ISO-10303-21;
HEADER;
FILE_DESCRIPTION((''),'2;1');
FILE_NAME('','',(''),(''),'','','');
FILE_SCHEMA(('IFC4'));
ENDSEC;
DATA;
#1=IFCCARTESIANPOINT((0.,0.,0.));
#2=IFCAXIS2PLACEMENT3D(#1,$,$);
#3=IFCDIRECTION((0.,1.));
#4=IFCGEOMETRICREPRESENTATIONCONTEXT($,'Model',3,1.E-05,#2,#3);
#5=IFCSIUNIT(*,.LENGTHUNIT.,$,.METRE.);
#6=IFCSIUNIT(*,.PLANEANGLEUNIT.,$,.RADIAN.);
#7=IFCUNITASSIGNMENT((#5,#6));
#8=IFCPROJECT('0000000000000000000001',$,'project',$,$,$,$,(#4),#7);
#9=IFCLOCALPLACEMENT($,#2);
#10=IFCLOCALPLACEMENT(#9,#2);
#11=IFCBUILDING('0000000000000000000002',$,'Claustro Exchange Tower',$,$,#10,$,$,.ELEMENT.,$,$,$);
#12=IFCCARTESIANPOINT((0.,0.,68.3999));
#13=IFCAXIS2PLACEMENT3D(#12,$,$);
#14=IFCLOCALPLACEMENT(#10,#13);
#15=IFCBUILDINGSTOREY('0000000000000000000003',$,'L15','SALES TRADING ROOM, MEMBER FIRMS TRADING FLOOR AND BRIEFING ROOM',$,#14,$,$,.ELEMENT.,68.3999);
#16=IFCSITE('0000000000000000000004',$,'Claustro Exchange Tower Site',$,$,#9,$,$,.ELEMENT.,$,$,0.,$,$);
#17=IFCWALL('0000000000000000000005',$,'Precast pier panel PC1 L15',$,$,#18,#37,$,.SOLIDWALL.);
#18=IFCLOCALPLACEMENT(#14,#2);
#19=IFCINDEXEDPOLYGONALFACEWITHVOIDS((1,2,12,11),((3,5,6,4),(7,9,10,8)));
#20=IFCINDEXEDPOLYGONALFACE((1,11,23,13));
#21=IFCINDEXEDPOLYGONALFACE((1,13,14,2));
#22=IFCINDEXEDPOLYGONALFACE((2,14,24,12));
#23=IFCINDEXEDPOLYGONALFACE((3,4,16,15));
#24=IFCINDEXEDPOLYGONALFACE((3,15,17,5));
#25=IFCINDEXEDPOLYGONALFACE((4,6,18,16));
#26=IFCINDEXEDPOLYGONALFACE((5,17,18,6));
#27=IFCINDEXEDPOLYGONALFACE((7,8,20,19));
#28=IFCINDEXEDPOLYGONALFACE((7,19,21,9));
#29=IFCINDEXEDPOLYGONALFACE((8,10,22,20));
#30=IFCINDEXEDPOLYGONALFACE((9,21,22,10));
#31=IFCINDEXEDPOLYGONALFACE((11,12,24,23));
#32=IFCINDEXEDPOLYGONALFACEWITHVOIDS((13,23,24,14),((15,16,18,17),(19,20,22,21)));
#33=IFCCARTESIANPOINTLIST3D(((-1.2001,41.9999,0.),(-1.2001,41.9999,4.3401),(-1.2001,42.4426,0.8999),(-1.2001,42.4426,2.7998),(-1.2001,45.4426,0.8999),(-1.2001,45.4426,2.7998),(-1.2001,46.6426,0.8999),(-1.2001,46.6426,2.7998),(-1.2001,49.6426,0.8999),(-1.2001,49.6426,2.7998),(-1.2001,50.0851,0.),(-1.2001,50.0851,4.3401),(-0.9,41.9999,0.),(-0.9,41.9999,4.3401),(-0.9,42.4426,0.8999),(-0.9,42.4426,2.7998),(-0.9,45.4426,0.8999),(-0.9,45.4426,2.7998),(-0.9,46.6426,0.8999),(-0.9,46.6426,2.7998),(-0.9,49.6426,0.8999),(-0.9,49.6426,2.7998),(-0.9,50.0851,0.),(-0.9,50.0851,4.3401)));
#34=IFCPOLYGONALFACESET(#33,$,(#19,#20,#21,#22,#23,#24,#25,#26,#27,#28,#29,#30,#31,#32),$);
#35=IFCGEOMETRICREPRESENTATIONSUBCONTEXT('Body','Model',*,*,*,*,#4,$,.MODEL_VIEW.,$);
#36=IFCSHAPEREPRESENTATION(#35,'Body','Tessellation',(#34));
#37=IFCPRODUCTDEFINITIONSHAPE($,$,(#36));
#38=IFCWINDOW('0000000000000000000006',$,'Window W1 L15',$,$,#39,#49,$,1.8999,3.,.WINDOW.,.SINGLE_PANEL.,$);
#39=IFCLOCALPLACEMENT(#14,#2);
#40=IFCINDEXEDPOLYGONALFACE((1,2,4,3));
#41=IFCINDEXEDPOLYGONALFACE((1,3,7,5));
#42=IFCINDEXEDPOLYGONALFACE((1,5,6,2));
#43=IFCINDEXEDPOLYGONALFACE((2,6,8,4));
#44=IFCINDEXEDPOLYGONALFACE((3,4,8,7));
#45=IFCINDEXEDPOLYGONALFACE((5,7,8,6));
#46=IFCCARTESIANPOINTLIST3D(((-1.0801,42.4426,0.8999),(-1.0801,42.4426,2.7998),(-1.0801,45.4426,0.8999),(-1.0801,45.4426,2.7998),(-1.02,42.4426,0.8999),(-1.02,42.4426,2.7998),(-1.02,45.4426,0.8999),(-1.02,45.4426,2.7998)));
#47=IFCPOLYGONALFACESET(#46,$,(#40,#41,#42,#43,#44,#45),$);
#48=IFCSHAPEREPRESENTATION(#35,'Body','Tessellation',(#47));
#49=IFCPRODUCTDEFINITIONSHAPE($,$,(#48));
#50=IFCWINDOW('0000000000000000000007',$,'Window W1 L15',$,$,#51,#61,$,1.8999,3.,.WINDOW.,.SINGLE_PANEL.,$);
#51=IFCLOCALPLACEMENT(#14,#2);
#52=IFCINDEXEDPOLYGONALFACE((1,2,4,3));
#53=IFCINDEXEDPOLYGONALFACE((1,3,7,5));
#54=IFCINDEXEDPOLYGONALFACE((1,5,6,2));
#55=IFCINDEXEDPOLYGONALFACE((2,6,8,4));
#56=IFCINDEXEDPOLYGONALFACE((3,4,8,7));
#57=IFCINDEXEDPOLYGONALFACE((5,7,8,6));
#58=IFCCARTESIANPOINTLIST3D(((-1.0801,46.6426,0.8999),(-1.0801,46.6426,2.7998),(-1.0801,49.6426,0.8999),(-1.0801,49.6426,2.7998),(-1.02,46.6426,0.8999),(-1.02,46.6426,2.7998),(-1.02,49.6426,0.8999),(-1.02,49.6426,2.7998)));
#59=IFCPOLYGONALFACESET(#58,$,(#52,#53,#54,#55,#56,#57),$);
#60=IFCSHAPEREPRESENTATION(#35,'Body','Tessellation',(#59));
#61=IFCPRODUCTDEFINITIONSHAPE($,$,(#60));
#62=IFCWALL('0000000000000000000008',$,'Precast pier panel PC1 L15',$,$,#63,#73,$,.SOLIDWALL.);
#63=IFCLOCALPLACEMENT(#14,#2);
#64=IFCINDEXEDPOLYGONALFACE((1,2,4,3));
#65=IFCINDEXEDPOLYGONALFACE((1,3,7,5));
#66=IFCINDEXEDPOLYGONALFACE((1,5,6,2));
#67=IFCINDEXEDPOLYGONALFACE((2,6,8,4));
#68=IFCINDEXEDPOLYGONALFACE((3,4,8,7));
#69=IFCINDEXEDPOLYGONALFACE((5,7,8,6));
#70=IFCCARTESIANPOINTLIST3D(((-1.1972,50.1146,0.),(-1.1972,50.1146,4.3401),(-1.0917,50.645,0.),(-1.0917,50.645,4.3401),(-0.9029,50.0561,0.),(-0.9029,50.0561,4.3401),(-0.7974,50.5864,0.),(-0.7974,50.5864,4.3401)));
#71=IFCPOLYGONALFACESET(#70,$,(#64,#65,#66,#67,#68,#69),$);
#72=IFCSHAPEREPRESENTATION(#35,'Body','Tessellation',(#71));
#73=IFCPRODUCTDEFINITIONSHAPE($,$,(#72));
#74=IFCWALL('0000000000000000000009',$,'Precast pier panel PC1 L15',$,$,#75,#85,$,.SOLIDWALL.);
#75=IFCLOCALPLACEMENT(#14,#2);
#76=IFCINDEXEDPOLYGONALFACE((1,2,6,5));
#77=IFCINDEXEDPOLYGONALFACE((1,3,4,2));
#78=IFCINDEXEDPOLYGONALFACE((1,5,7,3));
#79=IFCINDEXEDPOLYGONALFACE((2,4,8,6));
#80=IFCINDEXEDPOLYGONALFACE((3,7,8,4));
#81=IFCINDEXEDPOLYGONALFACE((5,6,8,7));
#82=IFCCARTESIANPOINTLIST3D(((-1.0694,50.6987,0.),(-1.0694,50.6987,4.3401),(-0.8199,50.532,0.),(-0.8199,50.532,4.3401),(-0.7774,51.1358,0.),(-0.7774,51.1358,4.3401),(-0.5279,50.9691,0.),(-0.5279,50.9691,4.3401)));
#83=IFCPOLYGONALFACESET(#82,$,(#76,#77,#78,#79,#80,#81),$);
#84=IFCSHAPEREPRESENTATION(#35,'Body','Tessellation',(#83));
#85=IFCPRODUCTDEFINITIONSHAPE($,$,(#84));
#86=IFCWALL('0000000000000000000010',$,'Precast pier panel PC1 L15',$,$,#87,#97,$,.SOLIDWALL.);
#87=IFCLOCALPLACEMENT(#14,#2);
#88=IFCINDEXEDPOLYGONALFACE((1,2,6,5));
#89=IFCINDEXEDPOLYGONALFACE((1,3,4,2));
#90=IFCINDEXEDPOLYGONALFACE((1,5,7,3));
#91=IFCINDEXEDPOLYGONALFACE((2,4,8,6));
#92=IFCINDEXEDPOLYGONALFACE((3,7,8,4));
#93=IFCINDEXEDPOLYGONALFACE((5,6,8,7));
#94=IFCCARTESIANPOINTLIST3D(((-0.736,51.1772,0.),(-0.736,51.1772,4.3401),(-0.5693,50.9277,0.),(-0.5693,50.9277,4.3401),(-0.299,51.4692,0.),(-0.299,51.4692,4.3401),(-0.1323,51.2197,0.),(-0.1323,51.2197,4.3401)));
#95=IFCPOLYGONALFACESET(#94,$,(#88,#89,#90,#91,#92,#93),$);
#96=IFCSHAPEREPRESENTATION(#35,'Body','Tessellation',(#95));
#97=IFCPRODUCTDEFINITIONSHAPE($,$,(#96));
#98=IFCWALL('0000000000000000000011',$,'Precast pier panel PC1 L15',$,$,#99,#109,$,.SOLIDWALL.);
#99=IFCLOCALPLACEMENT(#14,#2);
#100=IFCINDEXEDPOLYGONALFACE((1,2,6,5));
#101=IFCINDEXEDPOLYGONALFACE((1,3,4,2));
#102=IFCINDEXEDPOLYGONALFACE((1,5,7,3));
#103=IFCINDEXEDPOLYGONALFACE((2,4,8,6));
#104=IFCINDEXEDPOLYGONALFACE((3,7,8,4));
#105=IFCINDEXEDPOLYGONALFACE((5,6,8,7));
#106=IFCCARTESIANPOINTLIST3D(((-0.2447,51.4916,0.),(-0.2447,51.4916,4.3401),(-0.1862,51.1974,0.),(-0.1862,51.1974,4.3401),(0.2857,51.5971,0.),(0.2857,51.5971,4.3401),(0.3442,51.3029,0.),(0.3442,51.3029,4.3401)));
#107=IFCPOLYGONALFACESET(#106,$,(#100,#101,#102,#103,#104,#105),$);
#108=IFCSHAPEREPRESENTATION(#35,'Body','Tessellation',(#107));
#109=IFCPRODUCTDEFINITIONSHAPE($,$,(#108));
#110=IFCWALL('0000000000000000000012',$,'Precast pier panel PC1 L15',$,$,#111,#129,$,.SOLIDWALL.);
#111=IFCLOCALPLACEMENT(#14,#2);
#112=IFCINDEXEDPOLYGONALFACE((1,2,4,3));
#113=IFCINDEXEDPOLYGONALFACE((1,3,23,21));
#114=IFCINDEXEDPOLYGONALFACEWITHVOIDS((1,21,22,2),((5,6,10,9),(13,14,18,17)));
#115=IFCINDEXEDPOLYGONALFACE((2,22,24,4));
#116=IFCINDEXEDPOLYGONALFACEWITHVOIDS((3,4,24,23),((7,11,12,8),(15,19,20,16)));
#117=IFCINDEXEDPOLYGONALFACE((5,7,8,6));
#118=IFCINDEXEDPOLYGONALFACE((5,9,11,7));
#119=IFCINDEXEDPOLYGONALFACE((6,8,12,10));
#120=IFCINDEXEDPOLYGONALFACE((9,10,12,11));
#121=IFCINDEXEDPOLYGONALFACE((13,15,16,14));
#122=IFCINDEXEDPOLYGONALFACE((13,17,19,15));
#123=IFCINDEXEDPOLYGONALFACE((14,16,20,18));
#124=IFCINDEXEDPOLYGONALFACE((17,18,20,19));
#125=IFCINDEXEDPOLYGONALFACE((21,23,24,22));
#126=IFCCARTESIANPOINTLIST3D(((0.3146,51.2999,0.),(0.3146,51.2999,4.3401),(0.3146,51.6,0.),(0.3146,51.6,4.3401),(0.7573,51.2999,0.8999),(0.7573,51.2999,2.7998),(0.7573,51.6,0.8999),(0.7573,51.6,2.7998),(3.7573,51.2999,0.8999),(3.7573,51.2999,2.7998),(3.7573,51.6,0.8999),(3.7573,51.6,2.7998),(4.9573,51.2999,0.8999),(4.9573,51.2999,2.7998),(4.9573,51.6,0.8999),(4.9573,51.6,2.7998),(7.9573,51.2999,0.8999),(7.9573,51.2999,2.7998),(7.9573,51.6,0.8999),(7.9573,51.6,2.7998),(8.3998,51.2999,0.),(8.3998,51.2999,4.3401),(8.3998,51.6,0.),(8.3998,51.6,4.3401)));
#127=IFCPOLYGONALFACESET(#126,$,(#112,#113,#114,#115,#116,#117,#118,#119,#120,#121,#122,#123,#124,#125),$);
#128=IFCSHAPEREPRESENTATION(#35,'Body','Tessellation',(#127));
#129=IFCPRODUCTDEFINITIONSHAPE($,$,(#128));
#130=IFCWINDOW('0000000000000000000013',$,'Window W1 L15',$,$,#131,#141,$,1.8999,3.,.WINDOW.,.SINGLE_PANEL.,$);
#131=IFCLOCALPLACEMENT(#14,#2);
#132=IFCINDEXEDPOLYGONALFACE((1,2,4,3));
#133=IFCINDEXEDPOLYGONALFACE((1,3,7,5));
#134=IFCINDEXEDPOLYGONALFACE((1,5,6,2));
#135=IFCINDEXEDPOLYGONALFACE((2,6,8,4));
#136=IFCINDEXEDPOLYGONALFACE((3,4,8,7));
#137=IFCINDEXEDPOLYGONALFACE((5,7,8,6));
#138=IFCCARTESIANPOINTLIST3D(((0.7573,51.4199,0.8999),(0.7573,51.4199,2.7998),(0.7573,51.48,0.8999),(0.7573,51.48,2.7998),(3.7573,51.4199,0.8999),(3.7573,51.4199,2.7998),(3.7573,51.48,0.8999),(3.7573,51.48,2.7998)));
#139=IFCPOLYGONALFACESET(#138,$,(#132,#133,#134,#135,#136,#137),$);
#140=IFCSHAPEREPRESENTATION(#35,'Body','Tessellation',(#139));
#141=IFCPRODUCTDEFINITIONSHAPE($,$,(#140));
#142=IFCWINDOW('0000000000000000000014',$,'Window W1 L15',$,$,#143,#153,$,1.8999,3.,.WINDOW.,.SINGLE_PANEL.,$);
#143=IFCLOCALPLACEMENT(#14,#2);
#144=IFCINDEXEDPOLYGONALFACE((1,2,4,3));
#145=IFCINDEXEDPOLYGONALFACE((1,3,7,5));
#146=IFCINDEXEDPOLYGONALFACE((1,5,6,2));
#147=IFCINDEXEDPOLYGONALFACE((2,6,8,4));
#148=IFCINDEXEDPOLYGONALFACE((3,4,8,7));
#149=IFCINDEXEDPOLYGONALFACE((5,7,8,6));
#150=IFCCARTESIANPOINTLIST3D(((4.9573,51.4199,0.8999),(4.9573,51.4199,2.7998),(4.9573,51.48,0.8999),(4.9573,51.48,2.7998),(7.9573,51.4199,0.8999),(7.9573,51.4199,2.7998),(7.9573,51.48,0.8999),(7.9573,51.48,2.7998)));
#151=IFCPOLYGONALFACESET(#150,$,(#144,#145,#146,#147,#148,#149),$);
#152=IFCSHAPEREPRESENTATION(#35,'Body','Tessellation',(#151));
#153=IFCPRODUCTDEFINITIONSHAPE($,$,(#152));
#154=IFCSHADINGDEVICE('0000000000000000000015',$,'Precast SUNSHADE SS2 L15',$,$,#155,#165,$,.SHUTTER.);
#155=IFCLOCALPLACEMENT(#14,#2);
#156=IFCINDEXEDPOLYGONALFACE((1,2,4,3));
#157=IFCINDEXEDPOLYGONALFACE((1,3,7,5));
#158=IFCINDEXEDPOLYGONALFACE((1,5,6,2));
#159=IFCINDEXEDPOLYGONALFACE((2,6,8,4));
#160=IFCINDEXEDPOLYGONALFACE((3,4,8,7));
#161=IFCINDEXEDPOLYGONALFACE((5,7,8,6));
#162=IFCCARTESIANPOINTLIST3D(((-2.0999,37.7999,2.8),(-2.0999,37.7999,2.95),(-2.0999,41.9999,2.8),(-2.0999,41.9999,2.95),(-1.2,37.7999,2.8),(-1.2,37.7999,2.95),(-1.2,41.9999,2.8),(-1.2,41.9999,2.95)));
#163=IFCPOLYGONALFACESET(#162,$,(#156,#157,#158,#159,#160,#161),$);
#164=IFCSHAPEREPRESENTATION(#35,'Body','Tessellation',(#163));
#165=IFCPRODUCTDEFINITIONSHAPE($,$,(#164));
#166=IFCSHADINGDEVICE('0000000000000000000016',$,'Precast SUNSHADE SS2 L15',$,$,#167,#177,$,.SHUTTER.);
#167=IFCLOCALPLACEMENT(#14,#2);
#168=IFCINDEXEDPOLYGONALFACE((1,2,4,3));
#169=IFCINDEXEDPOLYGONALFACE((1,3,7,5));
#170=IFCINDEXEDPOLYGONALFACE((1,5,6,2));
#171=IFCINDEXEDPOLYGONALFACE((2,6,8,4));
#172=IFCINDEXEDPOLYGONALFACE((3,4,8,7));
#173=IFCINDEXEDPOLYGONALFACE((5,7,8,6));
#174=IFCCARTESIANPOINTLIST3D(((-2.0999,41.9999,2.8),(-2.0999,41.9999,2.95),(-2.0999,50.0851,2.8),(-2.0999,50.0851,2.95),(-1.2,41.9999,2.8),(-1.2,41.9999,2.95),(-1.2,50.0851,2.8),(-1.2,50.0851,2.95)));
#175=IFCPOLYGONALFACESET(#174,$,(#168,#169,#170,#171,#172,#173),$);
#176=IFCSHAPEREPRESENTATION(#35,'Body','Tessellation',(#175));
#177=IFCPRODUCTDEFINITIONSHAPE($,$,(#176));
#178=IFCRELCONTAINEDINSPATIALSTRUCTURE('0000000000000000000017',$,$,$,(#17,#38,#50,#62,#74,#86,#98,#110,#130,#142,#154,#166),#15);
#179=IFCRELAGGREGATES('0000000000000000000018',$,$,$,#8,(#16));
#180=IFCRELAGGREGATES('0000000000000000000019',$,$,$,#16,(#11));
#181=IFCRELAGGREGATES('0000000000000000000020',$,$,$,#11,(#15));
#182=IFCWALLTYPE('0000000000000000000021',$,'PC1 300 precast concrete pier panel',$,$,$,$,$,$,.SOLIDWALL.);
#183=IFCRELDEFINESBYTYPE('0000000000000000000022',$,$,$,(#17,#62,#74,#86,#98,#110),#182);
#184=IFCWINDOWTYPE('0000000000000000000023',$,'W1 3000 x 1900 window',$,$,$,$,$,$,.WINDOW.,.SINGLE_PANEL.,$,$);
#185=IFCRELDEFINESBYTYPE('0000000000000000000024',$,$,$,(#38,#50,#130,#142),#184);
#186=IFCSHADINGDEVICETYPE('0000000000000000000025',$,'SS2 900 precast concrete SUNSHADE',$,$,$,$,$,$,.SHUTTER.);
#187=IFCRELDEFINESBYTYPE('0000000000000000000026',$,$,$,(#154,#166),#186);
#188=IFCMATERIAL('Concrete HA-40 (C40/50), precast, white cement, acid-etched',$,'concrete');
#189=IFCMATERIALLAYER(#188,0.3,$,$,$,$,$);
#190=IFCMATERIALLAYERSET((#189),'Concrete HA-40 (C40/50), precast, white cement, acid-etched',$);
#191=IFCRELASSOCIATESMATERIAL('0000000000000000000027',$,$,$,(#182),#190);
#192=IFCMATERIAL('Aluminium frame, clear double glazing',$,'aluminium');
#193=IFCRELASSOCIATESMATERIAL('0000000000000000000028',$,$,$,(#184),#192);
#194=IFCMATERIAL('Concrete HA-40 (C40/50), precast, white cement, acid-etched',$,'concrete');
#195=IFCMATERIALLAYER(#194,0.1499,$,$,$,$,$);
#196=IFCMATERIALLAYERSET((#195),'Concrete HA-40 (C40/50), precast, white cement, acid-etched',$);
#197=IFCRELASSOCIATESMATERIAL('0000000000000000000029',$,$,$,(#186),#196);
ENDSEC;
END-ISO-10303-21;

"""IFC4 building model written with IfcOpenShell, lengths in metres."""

from ifc_helpers import new_model, si_unit, direction, frame, frame_2d, origin, origin_2d, place, context, subcontext, project, spatial, rectangle, extrude, material, layer, layer_set, type_object, element, fill, save


model = new_model("IFC4")

# Units and contexts
model_context = context("Model", 3, precision=1e-05, world=origin(), true_north=direction((0.0, 1.0)))
body_context = subcontext(model_context, "Body", "Model", "MODEL_VIEW")
ifc_project = project(units=[si_unit("LENGTHUNIT", "METRE"), si_unit("PLANEANGLEUNIT", "RADIAN")], contexts=[model_context])

# Site, building, storey
site_placement = place(None, origin())
site = spatial("IfcSite", under=ifc_project, at=site_placement, Name="Claustro Exchange Tower Site", CompositionType="ELEMENT", RefElevation=0.0)
building_placement = place(site_placement, origin())
building = spatial("IfcBuilding", under=site, at=building_placement, Name="Claustro Exchange Tower", CompositionType="ELEMENT")
storey_placement = place(building_placement, frame((0.0, 0.0, 68.3999)))
storey = spatial("IfcBuildingStorey", under=building, at=storey_placement, Name="L15", Description="SALES TRADING ROOM, MEMBER FIRMS TRADING FLOOR AND BRIEFING ROOM", CompositionType="ELEMENT", Elevation=68.3999)

# Wall, openings, windows
ifc_material_1 = material(Name="Concrete HA-40 (C40/50), precast, white cement, acid-etched", Category="concrete")
ifc_layer_1 = layer(ifc_material_1, 0.3)
ifc_layer_set_1 = layer_set([ifc_layer_1], Name="Concrete HA-40 (C40/50), precast, white cement, acid-etched")
wall_type_1 = type_object("IfcWallType", Name="PC1 300 precast concrete pier panel", PredefinedType="SOLIDWALL", material=ifc_layer_set_1)
wall_1_placement = place(storey_placement, frame((-1.05, 42.0, 0.0), z_axis=(0.0, 0.0, 1.0), x_axis=(0.0, 1.0, 0.0)))
wall_1 = element("IfcWall", 1, at=wall_1_placement, inside=storey, type_object=wall_type_1, Name="Precast pier panel PC1 L15", PredefinedType="SOLIDWALL", context=body_context, shape_type="SweptSolid", body=[
    extrude(rectangle(XDim=8.0852, YDim=0.3, at=frame_2d((4.0425, 0.0))), origin(), (0.0, 0.0, 1.0), 4.3401),
])
opening_1_placement = place(wall_1_placement, frame((0.4426, 0.0, 0.8999)))
opening_1 = element("IfcOpeningElement", 2, at=opening_1_placement, cuts=wall_1, PredefinedType="OPENING", context=body_context, shape_type="SweptSolid", body=[
    extrude(rectangle(XDim=3.0, YDim=1.8999, at=frame_2d((1.5, 0.95))), frame((0.0, 0.1599, 0.0), z_axis=(0.0, -1.0, 0.0), x_axis=(1.0, 0.0, 0.0)), (0.0, 0.0, 1.0), 0.3201),
])
opening_2_placement = place(wall_1_placement, frame((4.6426, 0.0, 0.8999)))
opening_2 = element("IfcOpeningElement", 3, at=opening_2_placement, cuts=wall_1, PredefinedType="OPENING", context=body_context, shape_type="SweptSolid", body=[
    extrude(rectangle(XDim=3.0, YDim=1.8999, at=frame_2d((1.5, 0.95))), frame((0.0, 0.1599, 0.0), z_axis=(0.0, -1.0, 0.0), x_axis=(1.0, 0.0, 0.0)), (0.0, 0.0, 1.0), 0.3201),
])
ifc_material_2 = material(Name="Aluminium frame, clear double glazing", Category="aluminium")
window_type = type_object("IfcWindowType", Name="W1 3000 x 1900 window", PartitioningType="SINGLE_PANEL", PredefinedType="WINDOW", material=ifc_material_2)
window_1_placement = place(opening_1_placement, origin())
window_1 = element("IfcWindow", 4, at=window_1_placement, inside=storey, type_object=window_type, Name="Window W1 L15", OverallHeight=1.8999, OverallWidth=3.0, PartitioningType="SINGLE_PANEL", PredefinedType="WINDOW", context=body_context, shape_type="SweptSolid", body=[
    extrude(rectangle(XDim=3.0, YDim=1.8999, at=frame_2d((1.5, 0.95))), frame((0.0, 0.03, 0.0), z_axis=(0.0, -1.0, 0.0), x_axis=(1.0, 0.0, 0.0)), (0.0, 0.0, 1.0), 0.0601),
])
fill(opening_1, window_1)
window_2_placement = place(opening_2_placement, origin())
window_2 = element("IfcWindow", 5, at=window_2_placement, inside=storey, type_object=window_type, Name="Window W1 L15", OverallHeight=1.8999, OverallWidth=3.0, PartitioningType="SINGLE_PANEL", PredefinedType="WINDOW", context=body_context, shape_type="SweptSolid", body=[
    extrude(rectangle(XDim=3.0, YDim=1.8999, at=frame_2d((1.5, 0.95))), frame((0.0, 0.03, 0.0), z_axis=(0.0, -1.0, 0.0), x_axis=(1.0, 0.0, 0.0)), (0.0, 0.0, 1.0), 0.0601),
])
fill(opening_2, window_2)

# Walls
wall_2_placement = place(storey_placement, frame((-1.05, 50.0852, 0.0), z_axis=(0.0, 0.0, 1.0), x_axis=(0.195074, 0.980789, 0.0)))
element("IfcWall", 6, at=wall_2_placement, inside=storey, type_object=wall_type_1, Name="Precast pier panel PC1 L15", PredefinedType="SOLIDWALL", context=body_context, shape_type="SweptSolid", body=[
    extrude(rectangle(XDim=0.5408, YDim=0.3, at=frame_2d((0.2705, 0.0))), origin(), (0.0, 0.0, 1.0), 4.3401),
])
for number, where, z_axis, x_axis, name in (
    (7, (-0.9446, 50.6155, 0.0), (0.0, 0.0, 1.0), (0.555557, 0.831478, 0.0), "Precast pier panel PC1 L15"),
    (8, (-0.6526, 51.0525, 0.0), (0.0, 0.0, 1.0), (0.831478, 0.555557, 0.0), "Precast pier panel PC1 L15"),
):
    element("IfcWall", number, at=place(storey_placement, frame(where, z_axis=z_axis, x_axis=x_axis)), inside=storey, type_object=wall_type_1, Name=name, PredefinedType="SOLIDWALL", context=body_context, shape_type="SweptSolid", body=[
        extrude(rectangle(XDim=0.5256, YDim=0.3, at=frame_2d((0.2627, 0.0))), origin(), (0.0, 0.0, 1.0), 4.3401),
    ])
wall_3_placement = place(storey_placement, frame((-0.2156, 51.3445, 0.0), z_axis=(0.0, 0.0, 1.0), x_axis=(0.980789, 0.195074, 0.0)))
element("IfcWall", 9, at=wall_3_placement, inside=storey, type_object=wall_type_1, Name="Precast pier panel PC1 L15", PredefinedType="SOLIDWALL", context=body_context, shape_type="SweptSolid", body=[
    extrude(rectangle(XDim=0.5408, YDim=0.3, at=frame_2d((0.2705, 0.0))), origin(), (0.0, 0.0, 1.0), 4.3401),
])

# Wall, openings, windows
wall_4_placement = place(storey_placement, frame((0.3147, 51.45, 0.0), z_axis=(0.0, 0.0, 1.0), x_axis=(1.0, 0.0, 0.0)))
wall_4 = element("IfcWall", 10, at=wall_4_placement, inside=storey, type_object=wall_type_1, Name="Precast pier panel PC1 L15", PredefinedType="SOLIDWALL", context=body_context, shape_type="SweptSolid", body=[
    extrude(rectangle(XDim=8.0852, YDim=0.3, at=frame_2d((4.0425, 0.0))), origin(), (0.0, 0.0, 1.0), 4.3401),
])
opening_3_placement = place(wall_4_placement, frame((0.4426, 0.0, 0.8999)))
opening_3 = element("IfcOpeningElement", 11, at=opening_3_placement, cuts=wall_4, PredefinedType="OPENING", context=body_context, shape_type="SweptSolid", body=[
    extrude(rectangle(XDim=3.0, YDim=1.8999, at=frame_2d((1.5, 0.95))), frame((0.0, 0.1599, 0.0), z_axis=(0.0, -1.0, 0.0), x_axis=(1.0, 0.0, 0.0)), (0.0, 0.0, 1.0), 0.3201),
])
opening_4_placement = place(wall_4_placement, frame((4.6426, 0.0, 0.8999)))
opening_4 = element("IfcOpeningElement", 12, at=opening_4_placement, cuts=wall_4, PredefinedType="OPENING", context=body_context, shape_type="SweptSolid", body=[
    extrude(rectangle(XDim=3.0, YDim=1.8999, at=frame_2d((1.5, 0.95))), frame((0.0, 0.1599, 0.0), z_axis=(0.0, -1.0, 0.0), x_axis=(1.0, 0.0, 0.0)), (0.0, 0.0, 1.0), 0.3201),
])
window_3_placement = place(opening_3_placement, origin())
window_3 = element("IfcWindow", 13, at=window_3_placement, inside=storey, type_object=window_type, Name="Window W1 L15", OverallHeight=1.8999, OverallWidth=3.0, PartitioningType="SINGLE_PANEL", PredefinedType="WINDOW", context=body_context, shape_type="SweptSolid", body=[
    extrude(rectangle(XDim=3.0, YDim=1.8999, at=frame_2d((1.5, 0.95))), frame((0.0, 0.03, 0.0), z_axis=(0.0, -1.0, 0.0), x_axis=(1.0, 0.0, 0.0)), (0.0, 0.0, 1.0), 0.0601),
])
fill(opening_3, window_3)
window_4_placement = place(opening_4_placement, origin())
window_4 = element("IfcWindow", 14, at=window_4_placement, inside=storey, type_object=window_type, Name="Window W1 L15", OverallHeight=1.8999, OverallWidth=3.0, PartitioningType="SINGLE_PANEL", PredefinedType="WINDOW", context=body_context, shape_type="SweptSolid", body=[
    extrude(rectangle(XDim=3.0, YDim=1.8999, at=frame_2d((1.5, 0.95))), frame((0.0, 0.03, 0.0), z_axis=(0.0, -1.0, 0.0), x_axis=(1.0, 0.0, 0.0)), (0.0, 0.0, 1.0), 0.0601),
])
fill(opening_4, window_4)

# Shading devices
ifc_material_3 = material(Name="Concrete HA-40 (C40/50), precast, white cement, acid-etched", Category="concrete")
ifc_layer_2 = layer(ifc_material_3, 0.1499)
ifc_layer_set_2 = layer_set([ifc_layer_2], Name="Concrete HA-40 (C40/50), precast, white cement, acid-etched")
shading_device_type = type_object("IfcShadingDeviceType", Name="SS2 900 precast concrete SUNSHADE", PredefinedType="SHUTTER", material=ifc_layer_set_2)
shading_device_1_placement = place(storey_placement, frame((-1.6499, 39.8999, 2.8), z_axis=(0.0, 0.0, 1.0), x_axis=(0.0, 1.0, 0.0)))
element("IfcShadingDevice", 15, at=shading_device_1_placement, inside=storey, type_object=shading_device_type, Name="Precast SUNSHADE SS2 L15", PredefinedType="SHUTTER", context=body_context, shape_type="SweptSolid", body=[
    extrude(rectangle(XDim=4.2, YDim=0.8999, at=origin_2d()), origin(), (0.0, 0.0, 1.0), 0.1499),
])
shading_device_2_placement = place(storey_placement, frame((-1.6499, 46.0425, 2.8), z_axis=(0.0, 0.0, 1.0), x_axis=(0.0, 1.0, 0.0)))
element("IfcShadingDevice", 16, at=shading_device_2_placement, inside=storey, type_object=shading_device_type, Name="Precast SUNSHADE SS2 L15", PredefinedType="SHUTTER", context=body_context, shape_type="SweptSolid", body=[
    extrude(rectangle(XDim=8.0852, YDim=0.8999, at=origin_2d()), origin(), (0.0, 0.0, 1.0), 0.1499),
])

save(model, "model.ifc")
